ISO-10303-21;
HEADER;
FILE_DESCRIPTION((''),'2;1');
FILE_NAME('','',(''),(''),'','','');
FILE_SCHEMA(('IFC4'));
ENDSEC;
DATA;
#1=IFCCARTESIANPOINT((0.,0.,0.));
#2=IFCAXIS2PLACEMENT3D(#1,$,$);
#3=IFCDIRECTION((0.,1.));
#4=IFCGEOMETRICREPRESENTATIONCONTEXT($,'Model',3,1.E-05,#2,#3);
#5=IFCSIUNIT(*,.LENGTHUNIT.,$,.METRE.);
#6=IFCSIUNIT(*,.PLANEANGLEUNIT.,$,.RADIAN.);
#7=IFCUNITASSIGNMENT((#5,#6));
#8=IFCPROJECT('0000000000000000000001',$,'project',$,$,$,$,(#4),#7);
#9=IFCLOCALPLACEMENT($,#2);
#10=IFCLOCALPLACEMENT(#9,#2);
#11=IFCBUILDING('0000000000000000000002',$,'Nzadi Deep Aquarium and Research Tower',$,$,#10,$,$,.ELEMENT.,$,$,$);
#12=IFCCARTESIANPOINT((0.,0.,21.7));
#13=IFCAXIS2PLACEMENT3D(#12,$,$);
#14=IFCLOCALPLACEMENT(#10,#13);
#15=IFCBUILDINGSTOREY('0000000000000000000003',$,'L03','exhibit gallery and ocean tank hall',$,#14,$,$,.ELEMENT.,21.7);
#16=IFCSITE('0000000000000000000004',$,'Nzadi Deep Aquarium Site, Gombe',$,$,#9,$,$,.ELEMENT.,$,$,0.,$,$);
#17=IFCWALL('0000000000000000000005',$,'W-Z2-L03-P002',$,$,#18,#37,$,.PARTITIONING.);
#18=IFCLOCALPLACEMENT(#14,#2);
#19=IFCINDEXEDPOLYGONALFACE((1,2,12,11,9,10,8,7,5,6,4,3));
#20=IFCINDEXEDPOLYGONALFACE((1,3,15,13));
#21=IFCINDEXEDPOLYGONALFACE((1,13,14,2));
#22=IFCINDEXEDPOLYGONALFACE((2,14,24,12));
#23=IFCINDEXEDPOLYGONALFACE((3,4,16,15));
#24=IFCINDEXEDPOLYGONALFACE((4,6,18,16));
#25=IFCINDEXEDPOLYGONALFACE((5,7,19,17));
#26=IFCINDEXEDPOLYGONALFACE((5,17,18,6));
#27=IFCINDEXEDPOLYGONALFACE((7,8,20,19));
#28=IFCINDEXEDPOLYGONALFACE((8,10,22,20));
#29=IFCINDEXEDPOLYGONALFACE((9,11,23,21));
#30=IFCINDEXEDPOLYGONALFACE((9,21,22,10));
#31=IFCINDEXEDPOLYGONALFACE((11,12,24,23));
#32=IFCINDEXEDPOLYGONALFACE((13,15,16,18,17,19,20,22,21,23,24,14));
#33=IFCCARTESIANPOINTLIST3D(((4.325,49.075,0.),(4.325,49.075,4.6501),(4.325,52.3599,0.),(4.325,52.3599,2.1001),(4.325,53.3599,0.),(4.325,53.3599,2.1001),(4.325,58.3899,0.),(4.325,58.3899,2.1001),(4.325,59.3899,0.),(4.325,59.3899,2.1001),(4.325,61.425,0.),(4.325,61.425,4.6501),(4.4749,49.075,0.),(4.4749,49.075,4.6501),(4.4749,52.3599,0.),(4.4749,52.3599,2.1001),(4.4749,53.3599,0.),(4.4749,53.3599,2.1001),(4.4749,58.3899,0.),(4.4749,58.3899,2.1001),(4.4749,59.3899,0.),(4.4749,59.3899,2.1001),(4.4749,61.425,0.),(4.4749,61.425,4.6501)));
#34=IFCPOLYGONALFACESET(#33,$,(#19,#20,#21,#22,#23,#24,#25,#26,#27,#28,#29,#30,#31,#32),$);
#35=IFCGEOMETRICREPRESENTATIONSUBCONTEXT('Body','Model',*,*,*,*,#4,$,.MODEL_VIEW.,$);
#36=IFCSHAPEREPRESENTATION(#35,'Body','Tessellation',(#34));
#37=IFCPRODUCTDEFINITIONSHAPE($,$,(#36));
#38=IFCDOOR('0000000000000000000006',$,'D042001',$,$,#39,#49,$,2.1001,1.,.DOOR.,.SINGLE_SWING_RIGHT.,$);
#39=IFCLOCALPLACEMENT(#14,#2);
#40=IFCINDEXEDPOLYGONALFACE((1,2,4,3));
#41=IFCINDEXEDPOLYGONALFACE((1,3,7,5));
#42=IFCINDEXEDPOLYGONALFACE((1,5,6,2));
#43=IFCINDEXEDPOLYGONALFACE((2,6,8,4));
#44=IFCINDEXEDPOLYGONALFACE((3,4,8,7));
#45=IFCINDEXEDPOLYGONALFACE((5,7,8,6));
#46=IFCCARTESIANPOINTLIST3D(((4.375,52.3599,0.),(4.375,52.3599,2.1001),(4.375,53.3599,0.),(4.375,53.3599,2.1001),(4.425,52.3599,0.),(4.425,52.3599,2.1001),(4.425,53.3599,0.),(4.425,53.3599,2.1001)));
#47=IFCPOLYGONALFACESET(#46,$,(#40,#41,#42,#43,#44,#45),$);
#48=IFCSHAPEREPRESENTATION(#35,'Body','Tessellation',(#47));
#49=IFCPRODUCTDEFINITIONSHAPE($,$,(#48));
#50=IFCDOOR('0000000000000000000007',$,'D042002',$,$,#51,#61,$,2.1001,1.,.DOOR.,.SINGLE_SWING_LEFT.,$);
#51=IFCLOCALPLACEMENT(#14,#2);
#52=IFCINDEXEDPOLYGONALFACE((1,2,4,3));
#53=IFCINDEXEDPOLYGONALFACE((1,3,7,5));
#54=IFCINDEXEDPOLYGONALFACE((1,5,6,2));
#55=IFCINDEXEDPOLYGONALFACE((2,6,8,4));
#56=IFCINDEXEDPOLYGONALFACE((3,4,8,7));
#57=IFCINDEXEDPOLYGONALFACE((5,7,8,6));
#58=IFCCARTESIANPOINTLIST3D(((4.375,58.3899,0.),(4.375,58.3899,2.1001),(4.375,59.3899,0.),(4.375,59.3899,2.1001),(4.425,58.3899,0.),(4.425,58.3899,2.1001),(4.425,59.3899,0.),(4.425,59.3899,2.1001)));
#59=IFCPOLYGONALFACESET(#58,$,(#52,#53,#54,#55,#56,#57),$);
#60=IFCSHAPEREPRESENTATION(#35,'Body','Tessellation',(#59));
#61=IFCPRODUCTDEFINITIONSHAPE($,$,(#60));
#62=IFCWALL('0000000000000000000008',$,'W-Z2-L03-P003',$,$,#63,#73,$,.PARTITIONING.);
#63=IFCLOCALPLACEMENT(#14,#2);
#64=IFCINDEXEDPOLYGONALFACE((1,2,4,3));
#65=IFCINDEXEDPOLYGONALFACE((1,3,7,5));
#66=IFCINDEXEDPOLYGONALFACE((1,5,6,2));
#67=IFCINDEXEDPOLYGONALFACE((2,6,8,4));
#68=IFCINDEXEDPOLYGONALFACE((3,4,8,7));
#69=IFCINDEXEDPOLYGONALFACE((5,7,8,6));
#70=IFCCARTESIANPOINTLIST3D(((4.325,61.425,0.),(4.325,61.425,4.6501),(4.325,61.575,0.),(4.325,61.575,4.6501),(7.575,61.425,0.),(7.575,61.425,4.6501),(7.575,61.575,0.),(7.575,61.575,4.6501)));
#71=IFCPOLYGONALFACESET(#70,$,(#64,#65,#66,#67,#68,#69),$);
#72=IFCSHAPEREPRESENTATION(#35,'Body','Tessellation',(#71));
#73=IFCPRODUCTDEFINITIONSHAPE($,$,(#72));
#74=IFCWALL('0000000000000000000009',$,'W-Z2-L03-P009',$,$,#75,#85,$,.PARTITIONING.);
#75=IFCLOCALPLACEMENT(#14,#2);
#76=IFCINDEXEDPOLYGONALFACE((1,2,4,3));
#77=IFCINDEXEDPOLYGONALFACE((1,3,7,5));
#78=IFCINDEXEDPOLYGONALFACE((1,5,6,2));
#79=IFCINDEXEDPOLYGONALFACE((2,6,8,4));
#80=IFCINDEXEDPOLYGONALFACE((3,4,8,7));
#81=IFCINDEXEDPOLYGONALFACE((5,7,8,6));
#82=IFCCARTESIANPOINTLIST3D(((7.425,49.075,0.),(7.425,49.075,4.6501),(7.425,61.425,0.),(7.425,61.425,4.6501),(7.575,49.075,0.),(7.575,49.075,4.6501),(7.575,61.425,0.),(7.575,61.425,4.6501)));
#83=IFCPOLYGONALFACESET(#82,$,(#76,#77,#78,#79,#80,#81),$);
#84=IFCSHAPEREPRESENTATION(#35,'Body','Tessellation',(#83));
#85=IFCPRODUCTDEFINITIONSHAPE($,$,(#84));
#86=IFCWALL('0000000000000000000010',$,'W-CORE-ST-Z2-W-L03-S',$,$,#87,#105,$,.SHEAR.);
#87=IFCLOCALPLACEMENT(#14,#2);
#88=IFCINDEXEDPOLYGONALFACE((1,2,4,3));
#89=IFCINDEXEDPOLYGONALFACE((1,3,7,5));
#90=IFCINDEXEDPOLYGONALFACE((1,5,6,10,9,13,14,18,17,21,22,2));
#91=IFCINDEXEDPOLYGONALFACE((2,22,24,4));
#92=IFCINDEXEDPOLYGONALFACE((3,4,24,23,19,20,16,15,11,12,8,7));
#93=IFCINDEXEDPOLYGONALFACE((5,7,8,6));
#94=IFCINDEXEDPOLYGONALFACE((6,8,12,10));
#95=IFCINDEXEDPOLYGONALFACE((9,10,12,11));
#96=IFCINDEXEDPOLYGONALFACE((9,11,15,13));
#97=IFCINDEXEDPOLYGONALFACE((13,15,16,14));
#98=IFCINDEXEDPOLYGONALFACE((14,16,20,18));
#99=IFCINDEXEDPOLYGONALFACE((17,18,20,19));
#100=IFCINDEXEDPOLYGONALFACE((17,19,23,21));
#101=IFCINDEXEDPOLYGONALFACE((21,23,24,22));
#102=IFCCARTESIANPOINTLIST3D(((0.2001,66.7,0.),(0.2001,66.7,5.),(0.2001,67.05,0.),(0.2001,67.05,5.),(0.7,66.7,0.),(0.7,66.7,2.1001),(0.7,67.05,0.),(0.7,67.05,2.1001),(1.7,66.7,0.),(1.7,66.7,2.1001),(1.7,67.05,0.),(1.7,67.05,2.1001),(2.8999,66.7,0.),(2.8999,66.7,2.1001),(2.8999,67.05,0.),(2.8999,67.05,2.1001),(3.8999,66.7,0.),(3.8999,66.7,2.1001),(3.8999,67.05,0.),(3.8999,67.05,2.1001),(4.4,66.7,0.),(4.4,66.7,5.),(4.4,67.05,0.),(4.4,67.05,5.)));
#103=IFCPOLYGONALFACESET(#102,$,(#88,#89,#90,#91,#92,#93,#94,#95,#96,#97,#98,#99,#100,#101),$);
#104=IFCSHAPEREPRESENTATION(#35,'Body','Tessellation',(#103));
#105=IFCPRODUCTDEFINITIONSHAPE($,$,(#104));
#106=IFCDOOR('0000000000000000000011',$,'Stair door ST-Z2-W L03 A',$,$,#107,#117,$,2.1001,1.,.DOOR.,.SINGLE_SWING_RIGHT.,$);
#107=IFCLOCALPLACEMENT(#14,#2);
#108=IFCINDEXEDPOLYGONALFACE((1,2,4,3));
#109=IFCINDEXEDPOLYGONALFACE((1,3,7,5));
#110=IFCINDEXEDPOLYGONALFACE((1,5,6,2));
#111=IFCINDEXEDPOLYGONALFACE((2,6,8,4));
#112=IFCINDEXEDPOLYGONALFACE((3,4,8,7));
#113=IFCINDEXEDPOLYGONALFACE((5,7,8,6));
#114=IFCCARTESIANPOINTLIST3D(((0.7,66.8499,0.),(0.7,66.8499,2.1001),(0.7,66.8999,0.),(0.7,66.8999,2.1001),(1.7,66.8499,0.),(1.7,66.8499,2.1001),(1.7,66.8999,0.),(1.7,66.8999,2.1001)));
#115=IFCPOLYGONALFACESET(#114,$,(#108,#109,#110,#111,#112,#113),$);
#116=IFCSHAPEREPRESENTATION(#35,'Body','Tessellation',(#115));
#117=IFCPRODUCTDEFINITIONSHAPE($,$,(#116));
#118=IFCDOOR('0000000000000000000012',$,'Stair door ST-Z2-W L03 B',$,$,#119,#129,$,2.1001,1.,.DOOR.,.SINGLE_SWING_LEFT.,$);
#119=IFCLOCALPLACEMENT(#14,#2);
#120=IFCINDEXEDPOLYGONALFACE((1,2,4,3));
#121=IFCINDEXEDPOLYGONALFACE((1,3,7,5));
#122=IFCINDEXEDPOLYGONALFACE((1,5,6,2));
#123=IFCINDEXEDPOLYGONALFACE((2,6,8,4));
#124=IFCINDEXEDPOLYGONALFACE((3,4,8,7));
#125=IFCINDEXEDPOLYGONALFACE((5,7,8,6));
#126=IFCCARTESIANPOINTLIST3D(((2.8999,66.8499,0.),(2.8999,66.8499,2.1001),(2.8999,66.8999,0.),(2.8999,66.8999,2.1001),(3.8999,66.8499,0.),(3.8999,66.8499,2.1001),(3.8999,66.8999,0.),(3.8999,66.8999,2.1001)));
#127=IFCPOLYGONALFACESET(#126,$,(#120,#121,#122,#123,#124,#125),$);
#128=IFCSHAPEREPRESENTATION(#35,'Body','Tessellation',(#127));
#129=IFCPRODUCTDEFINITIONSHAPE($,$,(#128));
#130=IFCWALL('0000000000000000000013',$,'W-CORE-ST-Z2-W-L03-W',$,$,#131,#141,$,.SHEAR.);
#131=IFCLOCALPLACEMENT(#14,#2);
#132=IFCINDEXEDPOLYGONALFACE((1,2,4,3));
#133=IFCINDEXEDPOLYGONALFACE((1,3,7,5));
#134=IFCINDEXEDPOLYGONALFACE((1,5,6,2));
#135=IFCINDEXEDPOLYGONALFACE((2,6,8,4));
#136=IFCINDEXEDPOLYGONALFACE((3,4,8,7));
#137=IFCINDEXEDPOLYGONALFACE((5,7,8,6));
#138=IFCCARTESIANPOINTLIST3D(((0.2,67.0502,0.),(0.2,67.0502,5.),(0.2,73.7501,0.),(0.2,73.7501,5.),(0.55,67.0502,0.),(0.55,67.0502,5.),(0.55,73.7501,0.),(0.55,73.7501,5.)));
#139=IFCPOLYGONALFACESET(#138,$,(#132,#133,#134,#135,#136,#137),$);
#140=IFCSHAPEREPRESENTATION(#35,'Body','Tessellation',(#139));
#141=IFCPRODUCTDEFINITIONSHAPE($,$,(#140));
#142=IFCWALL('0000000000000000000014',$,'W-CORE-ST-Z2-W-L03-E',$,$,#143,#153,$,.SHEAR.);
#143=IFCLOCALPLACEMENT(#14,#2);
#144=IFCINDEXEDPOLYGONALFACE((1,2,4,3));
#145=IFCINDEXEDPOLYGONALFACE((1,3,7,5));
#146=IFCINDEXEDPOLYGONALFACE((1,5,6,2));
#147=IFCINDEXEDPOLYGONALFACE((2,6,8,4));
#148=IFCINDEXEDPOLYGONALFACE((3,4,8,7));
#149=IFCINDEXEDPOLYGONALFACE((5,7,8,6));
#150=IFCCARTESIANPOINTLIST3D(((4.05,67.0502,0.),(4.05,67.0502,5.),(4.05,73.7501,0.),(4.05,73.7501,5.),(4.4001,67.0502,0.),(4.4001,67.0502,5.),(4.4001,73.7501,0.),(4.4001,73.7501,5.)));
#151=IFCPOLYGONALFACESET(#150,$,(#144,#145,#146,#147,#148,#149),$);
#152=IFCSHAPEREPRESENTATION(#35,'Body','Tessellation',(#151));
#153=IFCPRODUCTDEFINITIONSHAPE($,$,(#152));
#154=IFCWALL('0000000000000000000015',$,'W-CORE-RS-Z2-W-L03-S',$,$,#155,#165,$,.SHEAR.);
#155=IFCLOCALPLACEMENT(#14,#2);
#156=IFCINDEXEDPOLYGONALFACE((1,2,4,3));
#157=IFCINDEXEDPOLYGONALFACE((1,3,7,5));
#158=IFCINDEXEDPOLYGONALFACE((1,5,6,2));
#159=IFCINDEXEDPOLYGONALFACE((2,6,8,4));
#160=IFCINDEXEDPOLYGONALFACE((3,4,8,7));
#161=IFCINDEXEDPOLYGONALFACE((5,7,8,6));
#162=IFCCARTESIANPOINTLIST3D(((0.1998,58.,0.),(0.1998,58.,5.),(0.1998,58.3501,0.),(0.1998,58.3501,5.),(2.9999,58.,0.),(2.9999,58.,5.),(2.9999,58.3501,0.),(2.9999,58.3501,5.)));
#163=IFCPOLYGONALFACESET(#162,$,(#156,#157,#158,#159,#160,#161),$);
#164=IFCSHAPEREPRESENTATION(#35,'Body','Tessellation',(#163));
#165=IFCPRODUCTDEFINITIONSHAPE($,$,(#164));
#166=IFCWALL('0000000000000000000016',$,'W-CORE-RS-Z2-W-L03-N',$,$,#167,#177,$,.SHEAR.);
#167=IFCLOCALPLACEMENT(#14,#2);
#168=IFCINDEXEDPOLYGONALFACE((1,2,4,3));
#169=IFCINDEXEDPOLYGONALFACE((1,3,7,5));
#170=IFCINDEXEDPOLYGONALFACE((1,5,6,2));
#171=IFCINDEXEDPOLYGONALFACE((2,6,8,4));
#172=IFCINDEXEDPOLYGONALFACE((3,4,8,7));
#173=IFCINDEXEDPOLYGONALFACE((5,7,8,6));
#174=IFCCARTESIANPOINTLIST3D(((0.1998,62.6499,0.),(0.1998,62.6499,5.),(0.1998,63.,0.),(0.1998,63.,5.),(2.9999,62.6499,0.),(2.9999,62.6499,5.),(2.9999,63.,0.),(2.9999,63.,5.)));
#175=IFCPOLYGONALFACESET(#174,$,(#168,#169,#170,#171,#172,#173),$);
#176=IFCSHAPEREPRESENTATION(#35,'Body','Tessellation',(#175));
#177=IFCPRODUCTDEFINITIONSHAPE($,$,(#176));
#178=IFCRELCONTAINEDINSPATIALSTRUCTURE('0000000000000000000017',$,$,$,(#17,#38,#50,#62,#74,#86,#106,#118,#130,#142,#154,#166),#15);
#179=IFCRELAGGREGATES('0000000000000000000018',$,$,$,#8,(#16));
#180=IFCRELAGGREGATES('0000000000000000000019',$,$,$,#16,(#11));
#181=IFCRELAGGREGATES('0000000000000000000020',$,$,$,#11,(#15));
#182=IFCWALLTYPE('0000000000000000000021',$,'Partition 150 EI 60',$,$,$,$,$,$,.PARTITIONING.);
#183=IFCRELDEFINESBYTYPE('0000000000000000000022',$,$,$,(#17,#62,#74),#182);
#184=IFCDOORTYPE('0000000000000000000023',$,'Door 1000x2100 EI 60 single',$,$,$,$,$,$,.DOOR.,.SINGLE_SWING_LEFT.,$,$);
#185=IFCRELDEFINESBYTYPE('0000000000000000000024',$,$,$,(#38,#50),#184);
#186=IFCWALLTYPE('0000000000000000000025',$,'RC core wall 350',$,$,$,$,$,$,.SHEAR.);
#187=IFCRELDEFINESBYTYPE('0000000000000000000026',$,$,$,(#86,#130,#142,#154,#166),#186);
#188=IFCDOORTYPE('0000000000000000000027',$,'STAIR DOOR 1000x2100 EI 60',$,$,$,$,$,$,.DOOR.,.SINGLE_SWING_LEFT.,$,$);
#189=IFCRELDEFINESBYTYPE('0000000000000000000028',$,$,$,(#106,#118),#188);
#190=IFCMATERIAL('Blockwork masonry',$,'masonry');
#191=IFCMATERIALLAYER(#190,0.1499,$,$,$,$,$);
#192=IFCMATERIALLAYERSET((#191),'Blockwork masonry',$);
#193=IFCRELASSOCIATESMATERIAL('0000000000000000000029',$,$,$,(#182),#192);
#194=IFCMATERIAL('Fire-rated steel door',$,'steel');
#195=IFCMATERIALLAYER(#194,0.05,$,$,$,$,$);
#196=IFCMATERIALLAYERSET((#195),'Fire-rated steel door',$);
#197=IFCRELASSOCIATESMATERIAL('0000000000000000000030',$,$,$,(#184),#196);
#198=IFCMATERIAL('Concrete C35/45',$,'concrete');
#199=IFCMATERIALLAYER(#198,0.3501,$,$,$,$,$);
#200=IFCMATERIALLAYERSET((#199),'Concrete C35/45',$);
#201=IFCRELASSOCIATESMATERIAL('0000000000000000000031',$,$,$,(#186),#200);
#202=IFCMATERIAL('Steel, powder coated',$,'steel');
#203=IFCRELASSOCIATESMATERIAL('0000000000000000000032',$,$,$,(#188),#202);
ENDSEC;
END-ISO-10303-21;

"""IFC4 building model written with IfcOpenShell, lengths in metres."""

from ifc_helpers import new_model, si_unit, direction, frame, frame_2d, origin, place, context, subcontext, project, spatial, rectangle, extrude, material, layer, layer_set, type_object, element, fill, save


model = new_model("IFC4")

# Units and contexts
model_context = context("Model", 3, precision=1e-05, world=origin(), true_north=direction((0.0, 1.0)))
body_context = subcontext(model_context, "Body", "Model", "MODEL_VIEW")
ifc_project = project(units=[si_unit("LENGTHUNIT", "METRE"), si_unit("PLANEANGLEUNIT", "RADIAN")], contexts=[model_context])

# Site, building, storey
site_placement = place(None, origin())
site = spatial("IfcSite", under=ifc_project, at=site_placement, Name="Nzadi Deep Aquarium Site, Gombe", CompositionType="ELEMENT", RefElevation=0.0)
building_placement = place(site_placement, origin())
building = spatial("IfcBuilding", under=site, at=building_placement, Name="Nzadi Deep Aquarium and Research Tower", CompositionType="ELEMENT")
storey_placement = place(building_placement, frame((0.0, 0.0, 21.7)))
storey = spatial("IfcBuildingStorey", under=building, at=storey_placement, Name="L03", Description="exhibit gallery and ocean tank hall", CompositionType="ELEMENT", Elevation=21.7)

# Shared definitions
ifc_material_1 = material(Name="Blockwork masonry", Category="masonry")
ifc_layer_1 = layer(ifc_material_1, 0.1499)
ifc_layer_set_1 = layer_set([ifc_layer_1], Name="Blockwork masonry")
wall_type_1 = type_object("IfcWallType", Name="Partition 150 EI 60", PredefinedType="PARTITIONING", material=ifc_layer_set_1)

# Wall, openings, doors
wall_1_placement = place(storey_placement, frame((4.3999, 49.075, 0.0), z_axis=(0.0, 0.0, 1.0), x_axis=(0.0, 1.0, 0.0)))
wall_1 = element("IfcWall", 1, at=wall_1_placement, inside=storey, type_object=wall_type_1, Name="W-Z2-L03-P002", PredefinedType="PARTITIONING", context=body_context, shape_type="SweptSolid", body=[
    extrude(rectangle(XDim=12.3501, YDim=0.1499, at=frame_2d((6.175, 0.0))), origin(), (0.0, 0.0, 1.0), 4.6501),
])
opening_1_placement = place(wall_1_placement, frame((3.2849, 0.0, 0.0)))
opening_1 = element("IfcOpeningElement", 2, at=opening_1_placement, cuts=wall_1, PredefinedType="OPENING", context=body_context, shape_type="SweptSolid", body=[
    extrude(rectangle(XDim=1.0, YDim=2.1001, at=frame_2d((0.5, 1.05))), frame((0.0, 0.085, 0.0), z_axis=(0.0, -1.0, 0.0), x_axis=(1.0, 0.0, 0.0)), (0.0, 0.0, 1.0), 0.1699),
])
opening_2_placement = place(wall_1_placement, frame((9.3149, 0.0, 0.0)))
opening_2 = element("IfcOpeningElement", 3, at=opening_2_placement, cuts=wall_1, PredefinedType="OPENING", context=body_context, shape_type="SweptSolid", body=[
    extrude(rectangle(XDim=1.0, YDim=2.1001, at=frame_2d((0.5, 1.05))), frame((0.0, 0.085, 0.0), z_axis=(0.0, -1.0, 0.0), x_axis=(1.0, 0.0, 0.0)), (0.0, 0.0, 1.0), 0.1699),
])
ifc_material_2 = material(Name="Fire-rated steel door", Category="steel")
ifc_layer_2 = layer(ifc_material_2, 0.05)
ifc_layer_set_2 = layer_set([ifc_layer_2], Name="Fire-rated steel door")
door_type_1 = type_object("IfcDoorType", Name="Door 1000x2100 EI 60 single", OperationType="SINGLE_SWING_LEFT", PredefinedType="DOOR", material=ifc_layer_set_2)
door_1_placement = place(opening_1_placement, origin())
door_1 = element("IfcDoor", 4, at=door_1_placement, inside=storey, type_object=door_type_1, Name="D042001", OperationType="SINGLE_SWING_RIGHT", OverallHeight=2.1001, OverallWidth=1.0, PredefinedType="DOOR", context=body_context, shape_type="SweptSolid", body=[
    extrude(rectangle(XDim=1.0, YDim=2.1001, at=frame_2d((0.5, 1.05))), frame((0.0, 0.0249, 0.0), z_axis=(0.0, -1.0, 0.0), x_axis=(1.0, 0.0, 0.0)), (0.0, 0.0, 1.0), 0.05),
])
fill(opening_1, door_1)
door_2_placement = place(opening_2_placement, origin())
door_2 = element("IfcDoor", 5, at=door_2_placement, inside=storey, type_object=door_type_1, Name="D042002", OperationType="SINGLE_SWING_LEFT", OverallHeight=2.1001, OverallWidth=1.0, PredefinedType="DOOR", context=body_context, shape_type="SweptSolid", body=[
    extrude(rectangle(XDim=1.0, YDim=2.1001, at=frame_2d((0.5, 1.05))), frame((0.0, 0.0249, 0.0), z_axis=(0.0, -1.0, 0.0), x_axis=(1.0, 0.0, 0.0)), (0.0, 0.0, 1.0), 0.05),
])
fill(opening_2, door_2)

# Walls
wall_2_placement = place(storey_placement, frame((4.325, 61.5, 0.0), z_axis=(0.0, 0.0, 1.0), x_axis=(1.0, 0.0, 0.0)))
element("IfcWall", 6, at=wall_2_placement, inside=storey, type_object=wall_type_1, Name="W-Z2-L03-P003", PredefinedType="PARTITIONING", context=body_context, shape_type="SweptSolid", body=[
    extrude(rectangle(XDim=3.25, YDim=0.1499, at=frame_2d((1.625, 0.0))), origin(), (0.0, 0.0, 1.0), 4.6501),
])
wall_3_placement = place(storey_placement, frame((7.5, 49.075, 0.0), z_axis=(0.0, 0.0, 1.0), x_axis=(0.0, 1.0, 0.0)))
element("IfcWall", 7, at=wall_3_placement, inside=storey, type_object=wall_type_1, Name="W-Z2-L03-P009", PredefinedType="PARTITIONING", context=body_context, shape_type="SweptSolid", body=[
    extrude(rectangle(XDim=12.3501, YDim=0.1499, at=frame_2d((6.175, 0.0))), origin(), (0.0, 0.0, 1.0), 4.6501),
])

# Wall, openings, doors
ifc_material_3 = material(Name="Concrete C35/45", Category="concrete")
ifc_layer_3 = layer(ifc_material_3, 0.3501)
ifc_layer_set_3 = layer_set([ifc_layer_3], Name="Concrete C35/45")
wall_type_2 = type_object("IfcWallType", Name="RC core wall 350", PredefinedType="SHEAR", material=ifc_layer_set_3)
wall_4_placement = place(storey_placement, frame((0.2, 66.875, 0.0), z_axis=(0.0, 0.0, 1.0), x_axis=(1.0, 0.0, 0.0)))
wall_4 = element("IfcWall", 8, at=wall_4_placement, inside=storey, type_object=wall_type_2, Name="W-CORE-ST-Z2-W-L03-S", PredefinedType="SHEAR", context=body_context, shape_type="SweptSolid", body=[
    extrude(rectangle(XDim=4.2, YDim=0.3501, at=frame_2d((2.1001, 0.0))), origin(), (0.0, 0.0, 1.0), 5.0),
])
opening_3_placement = place(wall_4_placement, frame((0.5, 0.0, 0.0)))
opening_3 = element("IfcOpeningElement", 9, at=opening_3_placement, cuts=wall_4, PredefinedType="OPENING", context=body_context, shape_type="SweptSolid", body=[
    extrude(rectangle(XDim=1.0, YDim=2.1001, at=frame_2d((0.5, 1.05))), frame((0.0, 0.1851, 0.0), z_axis=(0.0, -1.0, 0.0), x_axis=(1.0, 0.0, 0.0)), (0.0, 0.0, 1.0), 0.3701),
])
opening_4_placement = place(wall_4_placement, frame((2.7, 0.0, 0.0)))
opening_4 = element("IfcOpeningElement", 10, at=opening_4_placement, cuts=wall_4, PredefinedType="OPENING", context=body_context, shape_type="SweptSolid", body=[
    extrude(rectangle(XDim=1.0, YDim=2.1001, at=frame_2d((0.5, 1.05))), frame((0.0, 0.1851, 0.0), z_axis=(0.0, -1.0, 0.0), x_axis=(1.0, 0.0, 0.0)), (0.0, 0.0, 1.0), 0.3701),
])
ifc_material_4 = material(Name="Steel, powder coated", Category="steel")
door_type_2 = type_object("IfcDoorType", Name="STAIR DOOR 1000x2100 EI 60", OperationType="SINGLE_SWING_LEFT", PredefinedType="DOOR", material=ifc_material_4)
door_3_placement = place(opening_3_placement, origin())
door_3 = element("IfcDoor", 11, at=door_3_placement, inside=storey, type_object=door_type_2, Name="Stair door ST-Z2-W L03 A", OperationType="SINGLE_SWING_RIGHT", OverallHeight=2.1001, OverallWidth=1.0, PredefinedType="DOOR", context=body_context, shape_type="SweptSolid", body=[
    extrude(rectangle(XDim=1.0, YDim=2.1001, at=frame_2d((0.5, 1.05))), frame((0.0, 0.0249, 0.0), z_axis=(0.0, -1.0, 0.0), x_axis=(1.0, 0.0, 0.0)), (0.0, 0.0, 1.0), 0.05),
])
fill(opening_3, door_3)
door_4_placement = place(opening_4_placement, origin())
door_4 = element("IfcDoor", 12, at=door_4_placement, inside=storey, type_object=door_type_2, Name="Stair door ST-Z2-W L03 B", OperationType="SINGLE_SWING_LEFT", OverallHeight=2.1001, OverallWidth=1.0, PredefinedType="DOOR", context=body_context, shape_type="SweptSolid", body=[
    extrude(rectangle(XDim=1.0, YDim=2.1001, at=frame_2d((0.5, 1.05))), frame((0.0, 0.0249, 0.0), z_axis=(0.0, -1.0, 0.0), x_axis=(1.0, 0.0, 0.0)), (0.0, 0.0, 1.0), 0.05),
])
fill(opening_4, door_4)

# Walls
for number, where, z_axis, x_axis, name in (
    (13, (0.375, 67.05, 0.0), (0.0, 0.0, 1.0), (0.0, 1.0, 0.0), "W-CORE-ST-Z2-W-L03-W"),
    (14, (4.2251, 67.05, 0.0), (0.0, 0.0, 1.0), (0.0, 1.0, 0.0), "W-CORE-ST-Z2-W-L03-E"),
):
    element("IfcWall", number, at=place(storey_placement, frame(where, z_axis=z_axis, x_axis=x_axis)), inside=storey, type_object=wall_type_2, Name=name, PredefinedType="SHEAR", context=body_context, shape_type="SweptSolid", body=[
        extrude(rectangle(XDim=6.7, YDim=0.3501, at=frame_2d((3.3501, 0.0))), origin(), (0.0, 0.0, 1.0), 5.0),
    ])
for number, where, z_axis, x_axis, name in (
    (15, (0.2, 58.175, 0.0), (0.0, 0.0, 1.0), (1.0, 0.0, 0.0), "W-CORE-RS-Z2-W-L03-S"),
    (16, (0.2, 62.825, 0.0), (0.0, 0.0, 1.0), (1.0, 0.0, 0.0), "W-CORE-RS-Z2-W-L03-N"),
):
    element("IfcWall", number, at=place(storey_placement, frame(where, z_axis=z_axis, x_axis=x_axis)), inside=storey, type_object=wall_type_2, Name=name, PredefinedType="SHEAR", context=body_context, shape_type="SweptSolid", body=[
        extrude(rectangle(XDim=2.8, YDim=0.3501, at=frame_2d((1.3999, 0.0))), origin(), (0.0, 0.0, 1.0), 5.0),
    ])

save(model, "model.ifc")
